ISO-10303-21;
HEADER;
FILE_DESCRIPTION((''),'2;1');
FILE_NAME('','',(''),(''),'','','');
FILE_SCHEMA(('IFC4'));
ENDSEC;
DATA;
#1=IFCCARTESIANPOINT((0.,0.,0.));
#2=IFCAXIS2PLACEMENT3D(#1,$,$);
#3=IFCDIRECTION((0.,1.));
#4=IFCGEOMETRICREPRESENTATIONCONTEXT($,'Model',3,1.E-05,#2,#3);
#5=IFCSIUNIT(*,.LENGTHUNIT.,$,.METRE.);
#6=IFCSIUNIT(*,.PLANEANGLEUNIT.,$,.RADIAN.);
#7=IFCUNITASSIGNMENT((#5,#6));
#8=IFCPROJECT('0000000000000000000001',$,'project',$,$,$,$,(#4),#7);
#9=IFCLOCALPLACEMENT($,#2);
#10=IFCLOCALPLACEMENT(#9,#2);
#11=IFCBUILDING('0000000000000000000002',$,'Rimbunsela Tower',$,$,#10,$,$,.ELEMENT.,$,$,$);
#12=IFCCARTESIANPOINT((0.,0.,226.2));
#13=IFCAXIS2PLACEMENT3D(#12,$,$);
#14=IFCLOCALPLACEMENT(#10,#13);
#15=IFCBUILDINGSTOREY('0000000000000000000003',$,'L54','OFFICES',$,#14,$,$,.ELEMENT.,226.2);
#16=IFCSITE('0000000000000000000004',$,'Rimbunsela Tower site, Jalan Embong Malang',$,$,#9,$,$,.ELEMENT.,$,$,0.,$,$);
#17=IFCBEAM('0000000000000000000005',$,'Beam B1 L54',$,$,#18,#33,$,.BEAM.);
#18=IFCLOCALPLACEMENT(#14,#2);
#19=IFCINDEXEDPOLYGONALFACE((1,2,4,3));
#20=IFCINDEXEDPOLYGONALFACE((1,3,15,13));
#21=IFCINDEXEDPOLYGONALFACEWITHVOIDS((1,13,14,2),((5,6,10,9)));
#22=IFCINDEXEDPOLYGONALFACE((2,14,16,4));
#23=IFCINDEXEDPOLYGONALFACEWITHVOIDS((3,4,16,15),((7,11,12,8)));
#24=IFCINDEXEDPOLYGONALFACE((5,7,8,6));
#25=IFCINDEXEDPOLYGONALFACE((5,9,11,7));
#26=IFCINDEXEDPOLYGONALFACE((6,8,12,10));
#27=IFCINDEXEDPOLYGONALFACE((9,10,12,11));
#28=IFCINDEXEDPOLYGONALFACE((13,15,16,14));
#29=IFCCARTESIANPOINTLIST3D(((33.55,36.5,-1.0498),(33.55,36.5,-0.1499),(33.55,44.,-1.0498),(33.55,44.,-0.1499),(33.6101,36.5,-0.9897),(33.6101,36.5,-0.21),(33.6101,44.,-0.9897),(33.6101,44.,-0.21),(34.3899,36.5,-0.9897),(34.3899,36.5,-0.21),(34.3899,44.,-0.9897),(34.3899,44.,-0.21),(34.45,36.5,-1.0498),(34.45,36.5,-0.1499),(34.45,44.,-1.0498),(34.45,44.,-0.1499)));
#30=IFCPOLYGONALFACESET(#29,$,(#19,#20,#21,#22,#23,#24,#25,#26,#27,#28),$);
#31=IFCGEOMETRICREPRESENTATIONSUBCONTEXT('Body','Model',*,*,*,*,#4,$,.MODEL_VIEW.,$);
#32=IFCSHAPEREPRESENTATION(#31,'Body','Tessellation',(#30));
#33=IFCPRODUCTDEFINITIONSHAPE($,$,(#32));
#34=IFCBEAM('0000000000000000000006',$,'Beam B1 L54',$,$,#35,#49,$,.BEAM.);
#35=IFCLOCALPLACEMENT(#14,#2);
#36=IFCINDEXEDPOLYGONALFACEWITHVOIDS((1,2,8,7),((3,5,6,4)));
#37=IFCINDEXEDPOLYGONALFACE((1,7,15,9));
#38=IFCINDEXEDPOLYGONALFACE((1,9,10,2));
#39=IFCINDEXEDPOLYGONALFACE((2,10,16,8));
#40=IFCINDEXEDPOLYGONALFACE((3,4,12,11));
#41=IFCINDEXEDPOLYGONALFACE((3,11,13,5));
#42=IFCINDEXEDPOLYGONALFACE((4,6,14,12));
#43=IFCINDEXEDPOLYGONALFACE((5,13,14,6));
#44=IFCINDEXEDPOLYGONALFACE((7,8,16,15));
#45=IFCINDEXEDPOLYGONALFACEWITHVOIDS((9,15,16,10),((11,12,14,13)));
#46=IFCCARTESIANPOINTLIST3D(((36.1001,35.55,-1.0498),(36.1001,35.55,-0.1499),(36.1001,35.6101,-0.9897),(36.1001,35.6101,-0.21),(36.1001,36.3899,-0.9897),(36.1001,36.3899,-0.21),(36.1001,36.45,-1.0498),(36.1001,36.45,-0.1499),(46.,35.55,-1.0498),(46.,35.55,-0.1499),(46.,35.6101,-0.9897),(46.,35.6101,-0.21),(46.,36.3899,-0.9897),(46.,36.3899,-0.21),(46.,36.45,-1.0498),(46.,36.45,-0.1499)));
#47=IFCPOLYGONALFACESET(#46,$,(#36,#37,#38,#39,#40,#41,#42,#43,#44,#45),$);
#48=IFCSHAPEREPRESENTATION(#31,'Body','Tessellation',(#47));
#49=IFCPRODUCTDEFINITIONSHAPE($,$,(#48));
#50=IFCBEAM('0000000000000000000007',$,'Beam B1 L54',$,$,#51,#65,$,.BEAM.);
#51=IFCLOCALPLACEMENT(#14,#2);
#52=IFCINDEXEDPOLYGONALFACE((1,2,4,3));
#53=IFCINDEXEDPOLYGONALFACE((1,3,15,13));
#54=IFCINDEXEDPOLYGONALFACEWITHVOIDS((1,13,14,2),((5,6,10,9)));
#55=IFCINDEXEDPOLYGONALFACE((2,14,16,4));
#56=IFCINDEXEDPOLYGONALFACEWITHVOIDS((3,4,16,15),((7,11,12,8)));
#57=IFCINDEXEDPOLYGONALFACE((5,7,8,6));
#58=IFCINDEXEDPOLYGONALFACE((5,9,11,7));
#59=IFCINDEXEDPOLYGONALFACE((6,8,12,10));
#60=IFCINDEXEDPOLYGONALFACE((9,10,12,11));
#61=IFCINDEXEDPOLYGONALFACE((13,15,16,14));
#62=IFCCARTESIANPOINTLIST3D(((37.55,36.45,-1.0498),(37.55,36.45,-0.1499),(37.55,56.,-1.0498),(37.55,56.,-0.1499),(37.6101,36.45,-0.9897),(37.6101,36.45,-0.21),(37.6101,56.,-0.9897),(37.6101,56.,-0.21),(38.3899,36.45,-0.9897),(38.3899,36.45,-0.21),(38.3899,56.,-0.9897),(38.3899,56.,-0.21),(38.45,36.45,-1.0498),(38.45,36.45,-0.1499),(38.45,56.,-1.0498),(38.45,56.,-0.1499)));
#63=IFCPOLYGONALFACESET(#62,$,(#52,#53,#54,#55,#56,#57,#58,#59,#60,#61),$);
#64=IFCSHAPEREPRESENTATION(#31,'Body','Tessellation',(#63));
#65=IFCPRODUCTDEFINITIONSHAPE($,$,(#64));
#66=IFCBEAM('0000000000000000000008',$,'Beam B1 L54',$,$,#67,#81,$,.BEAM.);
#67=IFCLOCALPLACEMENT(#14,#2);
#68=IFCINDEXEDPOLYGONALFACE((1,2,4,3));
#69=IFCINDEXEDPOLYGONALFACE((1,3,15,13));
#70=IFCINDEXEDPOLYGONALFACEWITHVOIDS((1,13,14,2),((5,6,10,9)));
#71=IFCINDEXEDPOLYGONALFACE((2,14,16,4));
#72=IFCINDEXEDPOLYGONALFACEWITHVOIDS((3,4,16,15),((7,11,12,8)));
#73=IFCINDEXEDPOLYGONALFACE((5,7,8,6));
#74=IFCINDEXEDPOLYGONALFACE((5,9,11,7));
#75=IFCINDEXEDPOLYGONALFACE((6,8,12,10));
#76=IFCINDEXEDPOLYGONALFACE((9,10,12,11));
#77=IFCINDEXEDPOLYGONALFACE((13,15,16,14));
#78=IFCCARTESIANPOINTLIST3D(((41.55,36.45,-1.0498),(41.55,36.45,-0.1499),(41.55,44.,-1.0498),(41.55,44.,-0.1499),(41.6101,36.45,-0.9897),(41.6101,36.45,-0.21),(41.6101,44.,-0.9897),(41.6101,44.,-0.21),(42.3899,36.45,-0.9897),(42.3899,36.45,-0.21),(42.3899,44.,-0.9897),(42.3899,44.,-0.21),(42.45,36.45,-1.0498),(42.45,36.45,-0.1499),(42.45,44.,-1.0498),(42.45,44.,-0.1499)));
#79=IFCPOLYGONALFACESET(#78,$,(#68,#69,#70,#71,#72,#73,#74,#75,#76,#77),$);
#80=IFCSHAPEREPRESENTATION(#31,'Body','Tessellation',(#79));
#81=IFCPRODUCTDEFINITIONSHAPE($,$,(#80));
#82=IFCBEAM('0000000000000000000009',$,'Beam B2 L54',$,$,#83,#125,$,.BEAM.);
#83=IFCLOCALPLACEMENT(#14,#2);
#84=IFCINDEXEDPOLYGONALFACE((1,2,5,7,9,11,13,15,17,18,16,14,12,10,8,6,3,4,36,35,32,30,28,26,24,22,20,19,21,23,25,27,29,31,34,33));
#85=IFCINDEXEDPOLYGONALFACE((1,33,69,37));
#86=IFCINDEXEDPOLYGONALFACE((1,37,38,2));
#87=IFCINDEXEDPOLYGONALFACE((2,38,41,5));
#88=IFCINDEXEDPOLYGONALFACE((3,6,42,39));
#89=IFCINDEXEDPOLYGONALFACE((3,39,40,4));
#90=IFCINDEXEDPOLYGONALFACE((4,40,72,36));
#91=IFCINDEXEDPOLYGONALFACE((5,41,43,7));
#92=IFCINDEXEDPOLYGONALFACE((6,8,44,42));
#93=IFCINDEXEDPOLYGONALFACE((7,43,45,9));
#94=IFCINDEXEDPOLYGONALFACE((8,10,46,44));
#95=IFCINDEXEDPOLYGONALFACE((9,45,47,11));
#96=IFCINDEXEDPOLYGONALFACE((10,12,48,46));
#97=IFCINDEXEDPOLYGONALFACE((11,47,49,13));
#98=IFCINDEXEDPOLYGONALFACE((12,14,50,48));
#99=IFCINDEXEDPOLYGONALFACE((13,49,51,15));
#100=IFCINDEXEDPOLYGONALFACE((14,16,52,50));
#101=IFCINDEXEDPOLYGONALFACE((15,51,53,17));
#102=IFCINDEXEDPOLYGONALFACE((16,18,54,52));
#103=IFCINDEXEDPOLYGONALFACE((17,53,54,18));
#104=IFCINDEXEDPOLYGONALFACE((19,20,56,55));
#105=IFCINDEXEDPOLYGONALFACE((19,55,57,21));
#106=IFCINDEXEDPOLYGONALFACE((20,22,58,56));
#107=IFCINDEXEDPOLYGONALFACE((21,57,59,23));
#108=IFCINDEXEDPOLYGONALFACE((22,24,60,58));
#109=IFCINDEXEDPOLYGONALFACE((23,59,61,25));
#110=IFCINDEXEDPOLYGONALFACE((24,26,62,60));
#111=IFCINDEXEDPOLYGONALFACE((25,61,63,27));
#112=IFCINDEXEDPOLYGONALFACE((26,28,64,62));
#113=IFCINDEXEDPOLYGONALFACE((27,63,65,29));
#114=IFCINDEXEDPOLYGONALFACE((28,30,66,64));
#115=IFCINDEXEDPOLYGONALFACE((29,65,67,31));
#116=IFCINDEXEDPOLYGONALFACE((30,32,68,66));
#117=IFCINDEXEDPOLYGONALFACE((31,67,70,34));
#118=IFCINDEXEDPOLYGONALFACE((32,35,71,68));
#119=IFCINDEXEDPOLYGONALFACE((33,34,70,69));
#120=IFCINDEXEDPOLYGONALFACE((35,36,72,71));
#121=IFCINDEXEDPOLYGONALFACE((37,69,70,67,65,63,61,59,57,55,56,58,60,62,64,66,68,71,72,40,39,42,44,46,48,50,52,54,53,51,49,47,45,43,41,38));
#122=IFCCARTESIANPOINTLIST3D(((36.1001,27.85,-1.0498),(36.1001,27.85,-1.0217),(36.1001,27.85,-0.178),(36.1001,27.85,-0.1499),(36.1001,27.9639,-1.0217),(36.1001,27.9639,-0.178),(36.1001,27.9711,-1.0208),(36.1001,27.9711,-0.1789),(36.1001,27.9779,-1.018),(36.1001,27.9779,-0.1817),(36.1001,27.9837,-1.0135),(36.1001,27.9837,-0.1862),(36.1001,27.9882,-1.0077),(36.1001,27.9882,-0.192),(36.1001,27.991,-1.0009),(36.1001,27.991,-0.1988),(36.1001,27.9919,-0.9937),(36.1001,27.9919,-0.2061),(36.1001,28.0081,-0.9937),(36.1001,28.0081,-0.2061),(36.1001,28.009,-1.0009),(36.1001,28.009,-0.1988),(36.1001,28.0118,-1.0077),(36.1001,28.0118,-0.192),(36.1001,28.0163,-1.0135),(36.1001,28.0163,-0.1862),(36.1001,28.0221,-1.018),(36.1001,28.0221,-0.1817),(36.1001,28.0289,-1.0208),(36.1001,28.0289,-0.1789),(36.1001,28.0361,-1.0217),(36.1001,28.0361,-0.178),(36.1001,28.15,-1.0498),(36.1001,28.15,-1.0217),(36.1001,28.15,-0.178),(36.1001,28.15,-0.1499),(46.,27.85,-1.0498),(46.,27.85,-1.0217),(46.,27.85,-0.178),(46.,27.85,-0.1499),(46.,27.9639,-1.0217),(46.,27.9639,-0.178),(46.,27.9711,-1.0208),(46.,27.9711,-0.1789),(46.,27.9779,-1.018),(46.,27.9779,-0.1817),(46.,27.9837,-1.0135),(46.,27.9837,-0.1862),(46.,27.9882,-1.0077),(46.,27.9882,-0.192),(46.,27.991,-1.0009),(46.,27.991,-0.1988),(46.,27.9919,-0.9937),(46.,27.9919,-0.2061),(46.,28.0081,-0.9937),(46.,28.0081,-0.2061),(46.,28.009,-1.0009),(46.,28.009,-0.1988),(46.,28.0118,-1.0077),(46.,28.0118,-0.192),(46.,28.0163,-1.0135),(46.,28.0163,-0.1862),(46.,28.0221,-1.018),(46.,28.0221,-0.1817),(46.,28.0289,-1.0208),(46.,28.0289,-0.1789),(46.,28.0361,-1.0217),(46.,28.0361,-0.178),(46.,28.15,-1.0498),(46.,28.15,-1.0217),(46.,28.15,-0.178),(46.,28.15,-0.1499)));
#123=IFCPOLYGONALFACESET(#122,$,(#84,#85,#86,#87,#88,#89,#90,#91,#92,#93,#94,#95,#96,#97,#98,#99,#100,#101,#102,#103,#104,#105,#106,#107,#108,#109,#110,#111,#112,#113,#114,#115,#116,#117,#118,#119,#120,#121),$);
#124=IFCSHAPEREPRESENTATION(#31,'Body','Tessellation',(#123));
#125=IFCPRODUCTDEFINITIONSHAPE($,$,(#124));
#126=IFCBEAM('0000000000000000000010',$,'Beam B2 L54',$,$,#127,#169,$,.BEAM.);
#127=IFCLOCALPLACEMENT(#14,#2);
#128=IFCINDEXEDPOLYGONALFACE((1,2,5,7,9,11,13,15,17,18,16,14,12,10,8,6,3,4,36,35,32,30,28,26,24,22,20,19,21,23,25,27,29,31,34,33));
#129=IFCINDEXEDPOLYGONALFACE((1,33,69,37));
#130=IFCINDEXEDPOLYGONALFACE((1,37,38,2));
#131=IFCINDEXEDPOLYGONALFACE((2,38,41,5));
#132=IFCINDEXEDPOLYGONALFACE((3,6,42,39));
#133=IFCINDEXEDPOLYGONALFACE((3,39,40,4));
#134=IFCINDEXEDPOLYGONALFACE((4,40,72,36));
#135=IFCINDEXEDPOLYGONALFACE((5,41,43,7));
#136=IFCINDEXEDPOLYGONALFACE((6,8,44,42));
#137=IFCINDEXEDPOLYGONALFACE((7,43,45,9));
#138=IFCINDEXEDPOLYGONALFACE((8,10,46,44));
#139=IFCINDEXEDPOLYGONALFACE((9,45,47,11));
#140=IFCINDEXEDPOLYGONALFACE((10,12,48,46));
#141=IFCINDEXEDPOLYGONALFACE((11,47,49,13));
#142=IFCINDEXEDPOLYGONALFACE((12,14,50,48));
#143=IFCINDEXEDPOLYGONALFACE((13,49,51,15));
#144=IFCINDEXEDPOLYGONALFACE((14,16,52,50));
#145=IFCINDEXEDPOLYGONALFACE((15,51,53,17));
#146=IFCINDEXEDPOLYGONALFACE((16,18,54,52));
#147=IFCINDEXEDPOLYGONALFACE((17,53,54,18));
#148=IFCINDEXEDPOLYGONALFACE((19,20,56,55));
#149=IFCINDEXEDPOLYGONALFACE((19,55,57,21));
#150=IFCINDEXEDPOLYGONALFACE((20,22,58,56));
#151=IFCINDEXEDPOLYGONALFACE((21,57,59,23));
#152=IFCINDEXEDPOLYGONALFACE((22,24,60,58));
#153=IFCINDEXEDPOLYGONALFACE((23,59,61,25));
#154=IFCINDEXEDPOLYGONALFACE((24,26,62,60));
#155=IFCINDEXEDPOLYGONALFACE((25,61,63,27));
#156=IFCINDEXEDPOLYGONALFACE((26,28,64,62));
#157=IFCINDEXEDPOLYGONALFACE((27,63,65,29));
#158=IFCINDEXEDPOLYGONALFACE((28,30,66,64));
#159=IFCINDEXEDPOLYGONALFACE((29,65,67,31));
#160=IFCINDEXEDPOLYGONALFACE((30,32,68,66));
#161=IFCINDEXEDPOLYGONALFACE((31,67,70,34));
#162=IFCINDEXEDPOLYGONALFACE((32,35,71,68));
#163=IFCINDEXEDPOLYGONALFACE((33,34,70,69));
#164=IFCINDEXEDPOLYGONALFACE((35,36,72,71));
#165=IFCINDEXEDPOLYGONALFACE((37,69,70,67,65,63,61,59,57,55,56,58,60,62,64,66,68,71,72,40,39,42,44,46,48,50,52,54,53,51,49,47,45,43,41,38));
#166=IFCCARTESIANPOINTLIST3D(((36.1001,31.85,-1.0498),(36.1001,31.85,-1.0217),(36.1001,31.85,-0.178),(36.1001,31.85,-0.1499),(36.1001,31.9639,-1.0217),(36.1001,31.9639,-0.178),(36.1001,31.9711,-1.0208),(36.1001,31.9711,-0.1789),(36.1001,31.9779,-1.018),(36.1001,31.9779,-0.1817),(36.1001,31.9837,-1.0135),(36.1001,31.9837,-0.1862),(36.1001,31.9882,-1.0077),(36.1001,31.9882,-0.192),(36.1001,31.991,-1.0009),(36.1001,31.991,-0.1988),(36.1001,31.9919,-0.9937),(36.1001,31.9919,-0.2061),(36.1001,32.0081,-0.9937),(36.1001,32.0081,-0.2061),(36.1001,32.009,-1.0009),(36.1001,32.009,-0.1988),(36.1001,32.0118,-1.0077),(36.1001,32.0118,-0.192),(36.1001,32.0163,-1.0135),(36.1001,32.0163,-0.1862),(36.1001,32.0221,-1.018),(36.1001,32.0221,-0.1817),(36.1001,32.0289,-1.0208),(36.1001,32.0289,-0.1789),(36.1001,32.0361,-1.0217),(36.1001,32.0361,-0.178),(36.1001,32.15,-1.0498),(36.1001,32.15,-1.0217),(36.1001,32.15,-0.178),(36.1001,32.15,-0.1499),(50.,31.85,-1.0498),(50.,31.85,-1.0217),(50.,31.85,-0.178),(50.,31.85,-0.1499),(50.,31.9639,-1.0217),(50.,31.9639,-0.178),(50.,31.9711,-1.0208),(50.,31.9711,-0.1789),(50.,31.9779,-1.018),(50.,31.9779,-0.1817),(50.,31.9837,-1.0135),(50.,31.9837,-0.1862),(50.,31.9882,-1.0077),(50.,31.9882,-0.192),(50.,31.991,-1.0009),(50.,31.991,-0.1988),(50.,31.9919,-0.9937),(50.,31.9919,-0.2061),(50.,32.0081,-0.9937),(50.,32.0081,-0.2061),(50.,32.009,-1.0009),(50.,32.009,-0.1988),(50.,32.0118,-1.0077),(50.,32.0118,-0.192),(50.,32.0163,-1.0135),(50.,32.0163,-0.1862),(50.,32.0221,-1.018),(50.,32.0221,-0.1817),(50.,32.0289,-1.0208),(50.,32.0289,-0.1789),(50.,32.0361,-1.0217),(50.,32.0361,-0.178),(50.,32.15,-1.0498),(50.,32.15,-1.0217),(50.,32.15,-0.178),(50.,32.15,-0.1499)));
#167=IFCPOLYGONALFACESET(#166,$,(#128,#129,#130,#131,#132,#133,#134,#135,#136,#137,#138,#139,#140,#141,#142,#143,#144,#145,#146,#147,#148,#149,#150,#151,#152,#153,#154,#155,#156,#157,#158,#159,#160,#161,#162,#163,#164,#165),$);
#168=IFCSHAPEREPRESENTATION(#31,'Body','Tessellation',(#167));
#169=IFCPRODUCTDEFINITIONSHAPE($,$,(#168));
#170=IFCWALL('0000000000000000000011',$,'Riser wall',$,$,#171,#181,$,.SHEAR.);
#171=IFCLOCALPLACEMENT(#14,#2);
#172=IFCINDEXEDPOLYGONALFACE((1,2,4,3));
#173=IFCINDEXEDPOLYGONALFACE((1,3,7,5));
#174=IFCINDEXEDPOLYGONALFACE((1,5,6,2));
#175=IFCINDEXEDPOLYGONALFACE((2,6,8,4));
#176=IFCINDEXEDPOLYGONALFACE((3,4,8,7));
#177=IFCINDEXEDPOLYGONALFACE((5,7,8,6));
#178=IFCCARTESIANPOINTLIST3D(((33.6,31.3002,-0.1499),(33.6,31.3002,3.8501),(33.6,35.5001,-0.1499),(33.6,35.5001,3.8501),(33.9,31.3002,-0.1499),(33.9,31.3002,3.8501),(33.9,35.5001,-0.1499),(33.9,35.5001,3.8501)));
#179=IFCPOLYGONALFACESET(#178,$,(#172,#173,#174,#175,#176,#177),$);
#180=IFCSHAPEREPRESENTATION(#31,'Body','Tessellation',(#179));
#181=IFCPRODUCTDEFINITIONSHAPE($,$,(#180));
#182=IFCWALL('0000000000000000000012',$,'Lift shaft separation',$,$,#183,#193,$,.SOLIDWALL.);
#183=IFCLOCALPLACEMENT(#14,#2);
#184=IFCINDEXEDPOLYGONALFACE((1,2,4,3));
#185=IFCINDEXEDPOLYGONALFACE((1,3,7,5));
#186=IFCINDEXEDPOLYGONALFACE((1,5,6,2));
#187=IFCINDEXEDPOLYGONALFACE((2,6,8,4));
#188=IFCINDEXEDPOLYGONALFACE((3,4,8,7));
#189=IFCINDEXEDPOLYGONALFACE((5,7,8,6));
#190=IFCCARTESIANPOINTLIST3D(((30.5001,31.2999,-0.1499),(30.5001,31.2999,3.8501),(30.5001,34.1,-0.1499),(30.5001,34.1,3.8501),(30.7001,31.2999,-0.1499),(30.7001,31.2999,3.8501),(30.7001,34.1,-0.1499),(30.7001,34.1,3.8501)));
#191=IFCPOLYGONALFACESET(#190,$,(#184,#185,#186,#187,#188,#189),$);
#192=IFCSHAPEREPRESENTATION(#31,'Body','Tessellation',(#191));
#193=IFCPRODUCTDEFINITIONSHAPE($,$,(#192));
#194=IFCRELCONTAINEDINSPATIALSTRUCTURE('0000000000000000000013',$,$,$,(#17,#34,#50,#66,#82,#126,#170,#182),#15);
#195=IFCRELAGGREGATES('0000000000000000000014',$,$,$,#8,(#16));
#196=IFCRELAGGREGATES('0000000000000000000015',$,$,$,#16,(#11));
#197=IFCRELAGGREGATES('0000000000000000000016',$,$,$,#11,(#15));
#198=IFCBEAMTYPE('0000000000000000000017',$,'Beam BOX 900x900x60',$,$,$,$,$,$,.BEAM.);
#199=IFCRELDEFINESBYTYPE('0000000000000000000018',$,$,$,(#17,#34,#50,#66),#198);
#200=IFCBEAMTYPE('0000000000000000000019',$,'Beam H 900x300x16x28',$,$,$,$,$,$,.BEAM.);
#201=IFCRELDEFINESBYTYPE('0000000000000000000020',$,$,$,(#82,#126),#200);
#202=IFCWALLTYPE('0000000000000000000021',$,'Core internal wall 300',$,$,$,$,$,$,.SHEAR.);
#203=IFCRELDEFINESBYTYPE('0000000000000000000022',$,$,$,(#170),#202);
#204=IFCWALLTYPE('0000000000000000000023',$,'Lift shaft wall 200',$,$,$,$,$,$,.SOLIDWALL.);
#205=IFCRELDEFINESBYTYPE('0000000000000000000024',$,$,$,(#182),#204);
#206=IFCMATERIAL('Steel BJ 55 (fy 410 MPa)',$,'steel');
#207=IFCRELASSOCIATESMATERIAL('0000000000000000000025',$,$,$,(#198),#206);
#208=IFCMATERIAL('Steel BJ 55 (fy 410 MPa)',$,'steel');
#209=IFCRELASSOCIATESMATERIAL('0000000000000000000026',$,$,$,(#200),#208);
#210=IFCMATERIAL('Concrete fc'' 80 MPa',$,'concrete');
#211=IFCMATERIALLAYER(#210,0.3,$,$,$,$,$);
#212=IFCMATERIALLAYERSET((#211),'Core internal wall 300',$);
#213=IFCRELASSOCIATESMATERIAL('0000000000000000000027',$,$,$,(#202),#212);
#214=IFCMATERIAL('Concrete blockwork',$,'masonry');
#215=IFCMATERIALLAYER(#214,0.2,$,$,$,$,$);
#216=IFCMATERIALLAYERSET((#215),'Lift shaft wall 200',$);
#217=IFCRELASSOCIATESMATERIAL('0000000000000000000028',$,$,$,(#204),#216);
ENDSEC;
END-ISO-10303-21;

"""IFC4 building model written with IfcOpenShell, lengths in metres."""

from ifc_helpers import new_model, si_unit, direction, frame, frame_2d, origin, origin_2d, place, context, subcontext, project, spatial, rectangle, hollow_rectangle, i_section, extrude, material, layer, layer_set, material_profile, profile_set, type_object, element, save


model = new_model("IFC4")

# Units and contexts
model_context = context("Model", 3, precision=1e-05, world=origin(), true_north=direction((0.0, 1.0)))
body_context = subcontext(model_context, "Body", "Model", "MODEL_VIEW")
ifc_project = project(units=[si_unit("LENGTHUNIT", "METRE"), si_unit("PLANEANGLEUNIT", "RADIAN")], contexts=[model_context])

# Site, building, storey
site_placement = place(None, origin())
site = spatial("IfcSite", under=ifc_project, at=site_placement, Name="Rimbunsela Tower site, Jalan Embong Malang", CompositionType="ELEMENT", RefElevation=0.0)
building_placement = place(site_placement, origin())
building = spatial("IfcBuilding", under=site, at=building_placement, Name="Rimbunsela Tower", CompositionType="ELEMENT")
storey_placement = place(building_placement, frame((0.0, 0.0, 226.2)))
storey = spatial("IfcBuildingStorey", under=building, at=storey_placement, Name="L54", Description="OFFICES", CompositionType="ELEMENT", Elevation=226.2)

# Beams
ifc_material_1 = material(Name="Steel BJ 55 (fy 410 MPa)", Category="steel")
ifc_material_profile_1 = material_profile(ifc_material_1, hollow_rectangle(XDim=0.8999, YDim=0.8999, WallThickness=0.0601, at=origin_2d()), Name="BOX 900x900x60")
ifc_profile_set_1 = profile_set([ifc_material_profile_1], Name="Steel BJ 55 (fy 410 MPa)")
beam_type_1 = type_object("IfcBeamType", Name="Beam BOX 900x900x60", PredefinedType="BEAM", material=ifc_profile_set_1)
beam_1_placement = place(storey_placement, frame((34.0, 36.5, -0.5999), z_axis=(0.0, 1.0, 0.0), x_axis=(-1.0, 0.0, 0.0)))
element("IfcBeam", 1, at=beam_1_placement, inside=storey, type_object=beam_type_1, Name="Beam B1 L54", PredefinedType="BEAM", context=body_context, shape_type="SweptSolid", body=[
    extrude(hollow_rectangle(XDim=0.8999, YDim=0.8999, WallThickness=0.0601, at=origin_2d()), origin(), (0.0, 0.0, 1.0), 7.5),
])
beam_2_placement = place(storey_placement, frame((36.1001, 36.0, -0.5999), z_axis=(1.0, 0.0, 0.0), x_axis=(0.0, 1.0, 0.0)))
element("IfcBeam", 2, at=beam_2_placement, inside=storey, type_object=beam_type_1, Name="Beam B1 L54", PredefinedType="BEAM", context=body_context, shape_type="SweptSolid", body=[
    extrude(hollow_rectangle(XDim=0.8999, YDim=0.8999, WallThickness=0.0601, at=origin_2d()), origin(), (0.0, 0.0, 1.0), 9.8999),
])
beam_3_placement = place(storey_placement, frame((38.0, 36.45, -0.5999), z_axis=(0.0, 1.0, 0.0), x_axis=(-1.0, 0.0, 0.0)))
element("IfcBeam", 3, at=beam_3_placement, inside=storey, type_object=beam_type_1, Name="Beam B1 L54", PredefinedType="BEAM", context=body_context, shape_type="SweptSolid", body=[
    extrude(hollow_rectangle(XDim=0.8999, YDim=0.8999, WallThickness=0.0601, at=origin_2d()), origin(), (0.0, 0.0, 1.0), 19.55),
])
beam_4_placement = place(storey_placement, frame((42.0, 36.45, -0.5999), z_axis=(0.0, 1.0, 0.0), x_axis=(-1.0, 0.0, 0.0)))
element("IfcBeam", 4, at=beam_4_placement, inside=storey, type_object=beam_type_1, Name="Beam B1 L54", PredefinedType="BEAM", context=body_context, shape_type="SweptSolid", body=[
    extrude(hollow_rectangle(XDim=0.8999, YDim=0.8999, WallThickness=0.0601, at=origin_2d()), origin(), (0.0, 0.0, 1.0), 7.55),
])
ifc_material_2 = material(Name="Steel BJ 55 (fy 410 MPa)", Category="steel")
ifc_material_profile_2 = material_profile(ifc_material_2, i_section(OverallWidth=0.3, OverallDepth=0.8999, WebThickness=0.0161, FlangeThickness=0.0281, FilletRadius=0.0281, at=origin_2d()), Name="H 900x300x16x28")
ifc_profile_set_2 = profile_set([ifc_material_profile_2], Name="Steel BJ 55 (fy 410 MPa)")
beam_type_2 = type_object("IfcBeamType", Name="Beam H 900x300x16x28", PredefinedType="BEAM", material=ifc_profile_set_2)
beam_5_placement = place(storey_placement, frame((36.1001, 28.0, -0.5999), z_axis=(1.0, 0.0, 0.0), x_axis=(0.0, 1.0, 0.0)))
element("IfcBeam", 5, at=beam_5_placement, inside=storey, type_object=beam_type_2, Name="Beam B2 L54", PredefinedType="BEAM", context=body_context, shape_type="SweptSolid", body=[
    extrude(i_section(OverallWidth=0.3, OverallDepth=0.8999, WebThickness=0.0161, FlangeThickness=0.0281, FilletRadius=0.0281, at=origin_2d()), origin(), (0.0, 0.0, 1.0), 9.8999),
])
beam_6_placement = place(storey_placement, frame((36.1001, 32.0, -0.5999), z_axis=(1.0, 0.0, 0.0), x_axis=(0.0, 1.0, 0.0)))
element("IfcBeam", 6, at=beam_6_placement, inside=storey, type_object=beam_type_2, Name="Beam B2 L54", PredefinedType="BEAM", context=body_context, shape_type="SweptSolid", body=[
    extrude(i_section(OverallWidth=0.3, OverallDepth=0.8999, WebThickness=0.0161, FlangeThickness=0.0281, FilletRadius=0.0281, at=origin_2d()), origin(), (0.0, 0.0, 1.0), 13.8999),
])

# Walls
ifc_material_3 = material(Name="Concrete fc' 80 MPa", Category="concrete")
ifc_layer_1 = layer(ifc_material_3, 0.3)
ifc_layer_set_1 = layer_set([ifc_layer_1], Name="Core internal wall 300")
wall_type_1 = type_object("IfcWallType", Name="Core internal wall 300", PredefinedType="SHEAR", material=ifc_layer_set_1)
wall_1_placement = place(storey_placement, frame((33.75, 31.3, -0.1499), z_axis=(0.0, 0.0, 1.0), x_axis=(0.0, 1.0, 0.0)))
element("IfcWall", 7, at=wall_1_placement, inside=storey, type_object=wall_type_1, Name="Riser wall", PredefinedType="SHEAR", context=body_context, shape_type="SweptSolid", body=[
    extrude(rectangle(XDim=4.2, YDim=0.3, at=frame_2d((2.1001, 0.0))), origin(), (0.0, 0.0, 1.0), 4.0),
])
ifc_material_4 = material(Name="Concrete blockwork", Category="masonry")
ifc_layer_2 = layer(ifc_material_4, 0.2)
ifc_layer_set_2 = layer_set([ifc_layer_2], Name="Lift shaft wall 200")
wall_type_2 = type_object("IfcWallType", Name="Lift shaft wall 200", PredefinedType="SOLIDWALL", material=ifc_layer_set_2)
wall_2_placement = place(storey_placement, frame((30.6001, 31.3, -0.1499), z_axis=(0.0, 0.0, 1.0), x_axis=(0.0, 1.0, 0.0)))
element("IfcWall", 8, at=wall_2_placement, inside=storey, type_object=wall_type_2, Name="Lift shaft separation", PredefinedType="SOLIDWALL", context=body_context, shape_type="SweptSolid", body=[
    extrude(rectangle(XDim=2.8, YDim=0.2, at=frame_2d((1.3999, 0.0))), origin(), (0.0, 0.0, 1.0), 4.0),
])

save(model, "model.ifc")
